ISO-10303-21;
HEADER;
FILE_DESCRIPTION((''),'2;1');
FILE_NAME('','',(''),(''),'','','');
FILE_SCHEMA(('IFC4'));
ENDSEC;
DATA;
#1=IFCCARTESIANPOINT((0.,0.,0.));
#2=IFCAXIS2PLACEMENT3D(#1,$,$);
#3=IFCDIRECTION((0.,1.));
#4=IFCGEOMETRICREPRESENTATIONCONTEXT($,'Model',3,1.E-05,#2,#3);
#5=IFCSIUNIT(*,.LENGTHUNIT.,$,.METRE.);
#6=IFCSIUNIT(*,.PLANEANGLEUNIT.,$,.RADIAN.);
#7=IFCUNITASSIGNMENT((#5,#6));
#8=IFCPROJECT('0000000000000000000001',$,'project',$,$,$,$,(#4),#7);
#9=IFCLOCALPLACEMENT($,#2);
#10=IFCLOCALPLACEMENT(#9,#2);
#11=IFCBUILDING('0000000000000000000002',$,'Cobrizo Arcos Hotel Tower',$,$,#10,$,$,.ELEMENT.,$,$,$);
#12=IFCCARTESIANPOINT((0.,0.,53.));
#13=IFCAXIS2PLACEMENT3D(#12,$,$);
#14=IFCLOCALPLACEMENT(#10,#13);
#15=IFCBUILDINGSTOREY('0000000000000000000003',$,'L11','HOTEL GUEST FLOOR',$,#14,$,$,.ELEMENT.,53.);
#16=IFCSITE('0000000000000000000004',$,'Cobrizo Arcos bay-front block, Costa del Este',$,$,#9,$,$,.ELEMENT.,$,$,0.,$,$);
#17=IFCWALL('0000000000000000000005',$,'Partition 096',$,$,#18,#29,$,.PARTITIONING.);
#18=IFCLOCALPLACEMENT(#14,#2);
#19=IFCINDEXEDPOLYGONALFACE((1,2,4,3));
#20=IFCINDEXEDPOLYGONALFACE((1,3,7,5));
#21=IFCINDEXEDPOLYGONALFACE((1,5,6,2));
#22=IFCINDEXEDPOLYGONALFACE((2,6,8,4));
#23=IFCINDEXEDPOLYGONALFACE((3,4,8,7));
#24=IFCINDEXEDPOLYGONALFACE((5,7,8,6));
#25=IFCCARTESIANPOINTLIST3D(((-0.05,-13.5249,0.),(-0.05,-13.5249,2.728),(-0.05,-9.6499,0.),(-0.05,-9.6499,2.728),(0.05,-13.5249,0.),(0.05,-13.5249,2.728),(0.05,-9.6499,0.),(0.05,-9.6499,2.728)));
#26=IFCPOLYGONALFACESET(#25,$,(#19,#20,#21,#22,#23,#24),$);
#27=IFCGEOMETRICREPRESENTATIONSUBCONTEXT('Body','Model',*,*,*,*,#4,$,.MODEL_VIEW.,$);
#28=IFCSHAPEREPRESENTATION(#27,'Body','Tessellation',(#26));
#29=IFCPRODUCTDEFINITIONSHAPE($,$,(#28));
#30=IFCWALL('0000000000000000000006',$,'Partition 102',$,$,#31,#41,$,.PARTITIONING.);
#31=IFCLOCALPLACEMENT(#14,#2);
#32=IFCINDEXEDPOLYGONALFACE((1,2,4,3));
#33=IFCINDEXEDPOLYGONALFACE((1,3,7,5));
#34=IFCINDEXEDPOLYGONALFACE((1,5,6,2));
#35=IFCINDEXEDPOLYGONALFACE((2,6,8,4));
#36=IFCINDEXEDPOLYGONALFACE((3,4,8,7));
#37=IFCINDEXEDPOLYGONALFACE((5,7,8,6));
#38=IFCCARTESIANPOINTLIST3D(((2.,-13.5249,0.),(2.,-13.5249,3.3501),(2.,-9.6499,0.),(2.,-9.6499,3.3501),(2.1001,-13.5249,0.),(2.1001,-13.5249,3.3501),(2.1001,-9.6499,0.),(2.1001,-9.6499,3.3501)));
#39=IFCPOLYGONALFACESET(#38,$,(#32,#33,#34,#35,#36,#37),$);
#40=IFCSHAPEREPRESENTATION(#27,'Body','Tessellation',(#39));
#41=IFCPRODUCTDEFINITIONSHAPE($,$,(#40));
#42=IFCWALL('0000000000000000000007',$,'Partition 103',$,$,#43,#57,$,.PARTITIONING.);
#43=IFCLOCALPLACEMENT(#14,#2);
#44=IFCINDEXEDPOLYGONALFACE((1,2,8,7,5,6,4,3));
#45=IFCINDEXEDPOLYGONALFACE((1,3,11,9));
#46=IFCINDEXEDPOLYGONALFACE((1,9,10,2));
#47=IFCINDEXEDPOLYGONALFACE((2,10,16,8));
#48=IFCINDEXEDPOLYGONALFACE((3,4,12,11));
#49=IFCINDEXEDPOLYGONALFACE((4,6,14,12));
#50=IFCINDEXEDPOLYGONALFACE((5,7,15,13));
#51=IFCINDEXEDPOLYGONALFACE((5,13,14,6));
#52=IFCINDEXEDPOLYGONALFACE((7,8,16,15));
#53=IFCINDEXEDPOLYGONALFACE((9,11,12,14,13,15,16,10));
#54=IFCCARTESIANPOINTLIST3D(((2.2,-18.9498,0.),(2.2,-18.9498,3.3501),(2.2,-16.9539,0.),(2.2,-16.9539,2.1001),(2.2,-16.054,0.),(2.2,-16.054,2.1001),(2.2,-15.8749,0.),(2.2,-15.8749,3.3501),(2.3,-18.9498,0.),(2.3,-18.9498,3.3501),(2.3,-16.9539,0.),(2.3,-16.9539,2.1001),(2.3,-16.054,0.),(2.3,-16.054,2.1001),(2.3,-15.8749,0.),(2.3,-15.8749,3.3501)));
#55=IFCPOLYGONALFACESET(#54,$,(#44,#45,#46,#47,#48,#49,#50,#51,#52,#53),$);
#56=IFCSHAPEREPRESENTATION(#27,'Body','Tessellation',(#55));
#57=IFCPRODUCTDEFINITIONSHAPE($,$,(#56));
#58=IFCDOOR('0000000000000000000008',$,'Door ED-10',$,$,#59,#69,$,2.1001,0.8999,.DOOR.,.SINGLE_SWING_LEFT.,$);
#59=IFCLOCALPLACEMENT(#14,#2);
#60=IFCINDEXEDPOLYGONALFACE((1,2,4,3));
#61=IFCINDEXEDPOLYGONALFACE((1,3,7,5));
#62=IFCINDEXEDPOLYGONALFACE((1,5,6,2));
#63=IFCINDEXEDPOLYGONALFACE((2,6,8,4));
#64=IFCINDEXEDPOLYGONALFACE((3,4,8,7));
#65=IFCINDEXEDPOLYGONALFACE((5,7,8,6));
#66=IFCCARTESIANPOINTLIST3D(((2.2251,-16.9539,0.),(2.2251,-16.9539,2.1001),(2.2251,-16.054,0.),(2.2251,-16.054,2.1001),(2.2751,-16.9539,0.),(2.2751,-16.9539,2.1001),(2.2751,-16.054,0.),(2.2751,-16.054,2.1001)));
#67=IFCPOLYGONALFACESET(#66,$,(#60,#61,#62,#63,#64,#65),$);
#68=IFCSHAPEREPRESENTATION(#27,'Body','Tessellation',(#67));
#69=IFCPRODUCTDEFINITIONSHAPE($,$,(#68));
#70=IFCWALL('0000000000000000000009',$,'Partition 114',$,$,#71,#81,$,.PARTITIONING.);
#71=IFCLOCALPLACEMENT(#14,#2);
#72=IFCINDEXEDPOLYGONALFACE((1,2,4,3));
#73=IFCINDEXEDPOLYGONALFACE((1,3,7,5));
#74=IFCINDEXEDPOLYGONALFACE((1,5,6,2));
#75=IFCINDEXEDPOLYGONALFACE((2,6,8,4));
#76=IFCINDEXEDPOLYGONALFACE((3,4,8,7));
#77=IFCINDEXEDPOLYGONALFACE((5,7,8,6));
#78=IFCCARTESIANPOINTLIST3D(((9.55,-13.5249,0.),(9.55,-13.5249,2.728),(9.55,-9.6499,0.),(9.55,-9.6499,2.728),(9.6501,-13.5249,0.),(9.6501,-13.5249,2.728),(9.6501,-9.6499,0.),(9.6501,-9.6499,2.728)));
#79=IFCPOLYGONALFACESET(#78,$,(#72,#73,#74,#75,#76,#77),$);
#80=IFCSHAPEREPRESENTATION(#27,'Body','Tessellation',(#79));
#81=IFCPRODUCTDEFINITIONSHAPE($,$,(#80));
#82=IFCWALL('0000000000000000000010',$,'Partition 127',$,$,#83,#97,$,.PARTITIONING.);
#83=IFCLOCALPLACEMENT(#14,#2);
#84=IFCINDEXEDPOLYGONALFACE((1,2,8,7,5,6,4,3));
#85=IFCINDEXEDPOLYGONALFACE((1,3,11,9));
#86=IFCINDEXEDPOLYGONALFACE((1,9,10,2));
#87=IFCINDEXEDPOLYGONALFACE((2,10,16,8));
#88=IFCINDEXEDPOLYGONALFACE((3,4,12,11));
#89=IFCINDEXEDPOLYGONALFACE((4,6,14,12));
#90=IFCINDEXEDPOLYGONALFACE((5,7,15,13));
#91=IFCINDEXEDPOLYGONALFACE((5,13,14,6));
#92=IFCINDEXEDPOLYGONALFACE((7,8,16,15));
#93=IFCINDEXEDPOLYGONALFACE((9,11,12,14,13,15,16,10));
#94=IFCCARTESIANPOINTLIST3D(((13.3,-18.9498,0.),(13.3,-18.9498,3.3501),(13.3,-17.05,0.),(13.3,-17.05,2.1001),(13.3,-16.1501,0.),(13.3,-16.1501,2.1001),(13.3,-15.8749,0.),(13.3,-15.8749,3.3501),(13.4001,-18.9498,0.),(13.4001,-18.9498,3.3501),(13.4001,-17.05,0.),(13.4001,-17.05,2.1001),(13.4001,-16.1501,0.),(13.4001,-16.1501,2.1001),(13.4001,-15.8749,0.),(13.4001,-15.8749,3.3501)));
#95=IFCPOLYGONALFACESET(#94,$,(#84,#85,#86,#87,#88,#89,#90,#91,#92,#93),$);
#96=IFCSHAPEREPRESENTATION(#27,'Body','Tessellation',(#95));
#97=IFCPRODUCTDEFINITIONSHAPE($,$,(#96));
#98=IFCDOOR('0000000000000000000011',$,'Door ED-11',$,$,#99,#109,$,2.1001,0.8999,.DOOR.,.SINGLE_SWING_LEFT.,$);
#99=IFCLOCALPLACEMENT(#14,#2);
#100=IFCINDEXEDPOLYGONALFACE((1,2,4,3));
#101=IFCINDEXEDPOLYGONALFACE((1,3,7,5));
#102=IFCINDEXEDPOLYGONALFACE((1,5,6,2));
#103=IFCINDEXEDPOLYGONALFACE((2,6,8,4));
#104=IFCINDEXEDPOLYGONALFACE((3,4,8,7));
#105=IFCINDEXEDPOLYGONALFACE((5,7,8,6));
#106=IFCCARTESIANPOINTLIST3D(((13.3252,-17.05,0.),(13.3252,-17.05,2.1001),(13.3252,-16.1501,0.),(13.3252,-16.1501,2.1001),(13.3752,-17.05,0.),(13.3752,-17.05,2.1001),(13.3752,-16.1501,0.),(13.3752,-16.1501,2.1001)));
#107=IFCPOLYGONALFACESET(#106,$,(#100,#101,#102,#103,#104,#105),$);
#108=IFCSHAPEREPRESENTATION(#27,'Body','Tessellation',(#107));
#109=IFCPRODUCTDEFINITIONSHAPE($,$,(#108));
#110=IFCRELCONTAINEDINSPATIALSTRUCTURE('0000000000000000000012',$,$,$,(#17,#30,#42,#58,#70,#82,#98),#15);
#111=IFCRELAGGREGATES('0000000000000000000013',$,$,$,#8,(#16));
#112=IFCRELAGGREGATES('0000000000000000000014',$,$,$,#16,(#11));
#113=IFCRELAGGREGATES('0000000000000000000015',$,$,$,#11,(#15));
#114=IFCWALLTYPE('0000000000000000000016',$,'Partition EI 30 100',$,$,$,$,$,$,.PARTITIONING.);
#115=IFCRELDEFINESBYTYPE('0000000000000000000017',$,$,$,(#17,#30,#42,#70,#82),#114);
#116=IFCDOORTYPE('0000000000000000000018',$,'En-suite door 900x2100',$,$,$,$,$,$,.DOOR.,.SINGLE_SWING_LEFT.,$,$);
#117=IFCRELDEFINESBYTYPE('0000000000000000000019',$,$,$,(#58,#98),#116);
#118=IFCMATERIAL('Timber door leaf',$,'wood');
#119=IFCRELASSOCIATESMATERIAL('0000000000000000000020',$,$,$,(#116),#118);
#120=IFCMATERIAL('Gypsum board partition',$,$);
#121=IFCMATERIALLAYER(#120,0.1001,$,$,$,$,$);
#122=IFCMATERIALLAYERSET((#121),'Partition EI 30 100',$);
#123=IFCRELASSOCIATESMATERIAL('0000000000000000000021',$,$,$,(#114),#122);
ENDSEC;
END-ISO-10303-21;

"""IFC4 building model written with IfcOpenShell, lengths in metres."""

from ifc_helpers import new_model, si_unit, direction, frame, frame_2d, origin, place, context, subcontext, project, spatial, rectangle, extrude, material, layer, layer_set, type_object, element, fill, save


model = new_model("IFC4")

# Units and contexts
model_context = context("Model", 3, precision=1e-05, world=origin(), true_north=direction((0.0, 1.0)))
body_context = subcontext(model_context, "Body", "Model", "MODEL_VIEW")
ifc_project = project(units=[si_unit("LENGTHUNIT", "METRE"), si_unit("PLANEANGLEUNIT", "RADIAN")], contexts=[model_context])

# Site, building, storey
site_placement = place(None, origin())
site = spatial("IfcSite", under=ifc_project, at=site_placement, Name="Cobrizo Arcos bay-front block, Costa del Este", CompositionType="ELEMENT", RefElevation=0.0)
building_placement = place(site_placement, origin())
building = spatial("IfcBuilding", under=site, at=building_placement, Name="Cobrizo Arcos Hotel Tower", CompositionType="ELEMENT")
storey_placement = place(building_placement, frame((0.0, 0.0, 53.0)))
storey = spatial("IfcBuildingStorey", under=building, at=storey_placement, Name="L11", Description="HOTEL GUEST FLOOR", CompositionType="ELEMENT", Elevation=53.0)

# Shared definitions
ifc_material_1 = material(Name="Gypsum board partition")
ifc_material_2 = material(Name="Timber door leaf", Category="wood")

# Shared definitions
door_type_1 = type_object("IfcDoorType", Name="En-suite door 900x2100", OperationType="SINGLE_SWING_LEFT", PredefinedType="DOOR", material=ifc_material_2)

# Walls
ifc_layer_1 = layer(ifc_material_1, 0.1001)
ifc_layer_set_1 = layer_set([ifc_layer_1], Name="Partition EI 30 100")
wall_type_1 = type_object("IfcWallType", Name="Partition EI 30 100", PredefinedType="PARTITIONING", material=ifc_layer_set_1)
wall_1_placement = place(storey_placement, frame((0.0, -13.5249, 0.0), z_axis=(0.0, 0.0, 1.0), x_axis=(0.0, 1.0, 0.0)))
element("IfcWall", 1, at=wall_1_placement, inside=storey, type_object=wall_type_1, Name="Partition 096", PredefinedType="PARTITIONING", context=body_context, shape_type="SweptSolid", body=[
    extrude(rectangle(XDim=3.875, YDim=0.1001, at=frame_2d((1.9375, 0.0))), origin(), (0.0, 0.0, 1.0), 2.728),
])
wall_2_placement = place(storey_placement, frame((2.05, -13.5249, 0.0), z_axis=(0.0, 0.0, 1.0), x_axis=(0.0, 1.0, 0.0)))
element("IfcWall", 2, at=wall_2_placement, inside=storey, type_object=wall_type_1, Name="Partition 102", PredefinedType="PARTITIONING", context=body_context, shape_type="SweptSolid", body=[
    extrude(rectangle(XDim=3.875, YDim=0.1001, at=frame_2d((1.9375, 0.0))), origin(), (0.0, 0.0, 1.0), 3.3501),
])

# Wall, opening, door
wall_3_placement = place(storey_placement, frame((2.25, -18.95, 0.0), z_axis=(0.0, 0.0, 1.0), x_axis=(0.0, 1.0, 0.0)))
wall_3 = element("IfcWall", 3, at=wall_3_placement, inside=storey, type_object=wall_type_1, Name="Partition 103", PredefinedType="PARTITIONING", context=body_context, shape_type="SweptSolid", body=[
    extrude(rectangle(XDim=3.075, YDim=0.1001, at=frame_2d((1.5376, 0.0))), origin(), (0.0, 0.0, 1.0), 3.3501),
])
opening_1_placement = place(wall_3_placement, frame((1.9961, 0.0, 0.0)))
opening_1 = element("IfcOpeningElement", 4, at=opening_1_placement, cuts=wall_3, PredefinedType="OPENING", context=body_context, shape_type="SweptSolid", body=[
    extrude(rectangle(XDim=0.8999, YDim=2.1001, at=frame_2d((0.45, 1.05))), frame((0.0, 0.062, 0.0), z_axis=(0.0, -1.0, 0.0), x_axis=(1.0, 0.0, 0.0)), (0.0, 0.0, 1.0), 0.124),
])
door_1_placement = place(opening_1_placement, origin())
door_1 = element("IfcDoor", 5, at=door_1_placement, inside=storey, type_object=door_type_1, Name="Door ED-10", OperationType="SINGLE_SWING_LEFT", OverallHeight=2.1001, OverallWidth=0.8999, PredefinedType="DOOR", context=body_context, shape_type="SweptSolid", body=[
    extrude(rectangle(XDim=0.8999, YDim=2.1001, at=frame_2d((0.45, 1.05))), frame((0.0, 0.0249, 0.0), z_axis=(0.0, -1.0, 0.0), x_axis=(1.0, 0.0, 0.0)), (0.0, 0.0, 1.0), 0.05),
])
fill(opening_1, door_1)

# Wall
wall_4_placement = place(storey_placement, frame((9.6001, -13.5249, 0.0), z_axis=(0.0, 0.0, 1.0), x_axis=(0.0, 1.0, 0.0)))
element("IfcWall", 6, at=wall_4_placement, inside=storey, type_object=wall_type_1, Name="Partition 114", PredefinedType="PARTITIONING", context=body_context, shape_type="SweptSolid", body=[
    extrude(rectangle(XDim=3.875, YDim=0.1001, at=frame_2d((1.9375, 0.0))), origin(), (0.0, 0.0, 1.0), 2.728),
])

# Wall, opening, door
wall_5_placement = place(storey_placement, frame((13.3501, -18.95, 0.0), z_axis=(0.0, 0.0, 1.0), x_axis=(0.0, 1.0, 0.0)))
wall_5 = element("IfcWall", 7, at=wall_5_placement, inside=storey, type_object=wall_type_1, Name="Partition 127", PredefinedType="PARTITIONING", context=body_context, shape_type="SweptSolid", body=[
    extrude(rectangle(XDim=3.075, YDim=0.1001, at=frame_2d((1.5376, 0.0))), origin(), (0.0, 0.0, 1.0), 3.3501),
])
opening_2_placement = place(wall_5_placement, frame((1.8999, 0.0, 0.0)))
opening_2 = element("IfcOpeningElement", 8, at=opening_2_placement, cuts=wall_5, PredefinedType="OPENING", context=body_context, shape_type="SweptSolid", body=[
    extrude(rectangle(XDim=0.8999, YDim=2.1001, at=frame_2d((0.45, 1.05))), frame((0.0, 0.062, 0.0), z_axis=(0.0, -1.0, 0.0), x_axis=(1.0, 0.0, 0.0)), (0.0, 0.0, 1.0), 0.124),
])
door_2_placement = place(opening_2_placement, origin())
door_2 = element("IfcDoor", 9, at=door_2_placement, inside=storey, type_object=door_type_1, Name="Door ED-11", OperationType="SINGLE_SWING_LEFT", OverallHeight=2.1001, OverallWidth=0.8999, PredefinedType="DOOR", context=body_context, shape_type="SweptSolid", body=[
    extrude(rectangle(XDim=0.8999, YDim=2.1001, at=frame_2d((0.45, 1.05))), frame((0.0, 0.0249, 0.0), z_axis=(0.0, -1.0, 0.0), x_axis=(1.0, 0.0, 0.0)), (0.0, 0.0, 1.0), 0.05),
])
fill(opening_2, door_2)

save(model, "model.ifc")
